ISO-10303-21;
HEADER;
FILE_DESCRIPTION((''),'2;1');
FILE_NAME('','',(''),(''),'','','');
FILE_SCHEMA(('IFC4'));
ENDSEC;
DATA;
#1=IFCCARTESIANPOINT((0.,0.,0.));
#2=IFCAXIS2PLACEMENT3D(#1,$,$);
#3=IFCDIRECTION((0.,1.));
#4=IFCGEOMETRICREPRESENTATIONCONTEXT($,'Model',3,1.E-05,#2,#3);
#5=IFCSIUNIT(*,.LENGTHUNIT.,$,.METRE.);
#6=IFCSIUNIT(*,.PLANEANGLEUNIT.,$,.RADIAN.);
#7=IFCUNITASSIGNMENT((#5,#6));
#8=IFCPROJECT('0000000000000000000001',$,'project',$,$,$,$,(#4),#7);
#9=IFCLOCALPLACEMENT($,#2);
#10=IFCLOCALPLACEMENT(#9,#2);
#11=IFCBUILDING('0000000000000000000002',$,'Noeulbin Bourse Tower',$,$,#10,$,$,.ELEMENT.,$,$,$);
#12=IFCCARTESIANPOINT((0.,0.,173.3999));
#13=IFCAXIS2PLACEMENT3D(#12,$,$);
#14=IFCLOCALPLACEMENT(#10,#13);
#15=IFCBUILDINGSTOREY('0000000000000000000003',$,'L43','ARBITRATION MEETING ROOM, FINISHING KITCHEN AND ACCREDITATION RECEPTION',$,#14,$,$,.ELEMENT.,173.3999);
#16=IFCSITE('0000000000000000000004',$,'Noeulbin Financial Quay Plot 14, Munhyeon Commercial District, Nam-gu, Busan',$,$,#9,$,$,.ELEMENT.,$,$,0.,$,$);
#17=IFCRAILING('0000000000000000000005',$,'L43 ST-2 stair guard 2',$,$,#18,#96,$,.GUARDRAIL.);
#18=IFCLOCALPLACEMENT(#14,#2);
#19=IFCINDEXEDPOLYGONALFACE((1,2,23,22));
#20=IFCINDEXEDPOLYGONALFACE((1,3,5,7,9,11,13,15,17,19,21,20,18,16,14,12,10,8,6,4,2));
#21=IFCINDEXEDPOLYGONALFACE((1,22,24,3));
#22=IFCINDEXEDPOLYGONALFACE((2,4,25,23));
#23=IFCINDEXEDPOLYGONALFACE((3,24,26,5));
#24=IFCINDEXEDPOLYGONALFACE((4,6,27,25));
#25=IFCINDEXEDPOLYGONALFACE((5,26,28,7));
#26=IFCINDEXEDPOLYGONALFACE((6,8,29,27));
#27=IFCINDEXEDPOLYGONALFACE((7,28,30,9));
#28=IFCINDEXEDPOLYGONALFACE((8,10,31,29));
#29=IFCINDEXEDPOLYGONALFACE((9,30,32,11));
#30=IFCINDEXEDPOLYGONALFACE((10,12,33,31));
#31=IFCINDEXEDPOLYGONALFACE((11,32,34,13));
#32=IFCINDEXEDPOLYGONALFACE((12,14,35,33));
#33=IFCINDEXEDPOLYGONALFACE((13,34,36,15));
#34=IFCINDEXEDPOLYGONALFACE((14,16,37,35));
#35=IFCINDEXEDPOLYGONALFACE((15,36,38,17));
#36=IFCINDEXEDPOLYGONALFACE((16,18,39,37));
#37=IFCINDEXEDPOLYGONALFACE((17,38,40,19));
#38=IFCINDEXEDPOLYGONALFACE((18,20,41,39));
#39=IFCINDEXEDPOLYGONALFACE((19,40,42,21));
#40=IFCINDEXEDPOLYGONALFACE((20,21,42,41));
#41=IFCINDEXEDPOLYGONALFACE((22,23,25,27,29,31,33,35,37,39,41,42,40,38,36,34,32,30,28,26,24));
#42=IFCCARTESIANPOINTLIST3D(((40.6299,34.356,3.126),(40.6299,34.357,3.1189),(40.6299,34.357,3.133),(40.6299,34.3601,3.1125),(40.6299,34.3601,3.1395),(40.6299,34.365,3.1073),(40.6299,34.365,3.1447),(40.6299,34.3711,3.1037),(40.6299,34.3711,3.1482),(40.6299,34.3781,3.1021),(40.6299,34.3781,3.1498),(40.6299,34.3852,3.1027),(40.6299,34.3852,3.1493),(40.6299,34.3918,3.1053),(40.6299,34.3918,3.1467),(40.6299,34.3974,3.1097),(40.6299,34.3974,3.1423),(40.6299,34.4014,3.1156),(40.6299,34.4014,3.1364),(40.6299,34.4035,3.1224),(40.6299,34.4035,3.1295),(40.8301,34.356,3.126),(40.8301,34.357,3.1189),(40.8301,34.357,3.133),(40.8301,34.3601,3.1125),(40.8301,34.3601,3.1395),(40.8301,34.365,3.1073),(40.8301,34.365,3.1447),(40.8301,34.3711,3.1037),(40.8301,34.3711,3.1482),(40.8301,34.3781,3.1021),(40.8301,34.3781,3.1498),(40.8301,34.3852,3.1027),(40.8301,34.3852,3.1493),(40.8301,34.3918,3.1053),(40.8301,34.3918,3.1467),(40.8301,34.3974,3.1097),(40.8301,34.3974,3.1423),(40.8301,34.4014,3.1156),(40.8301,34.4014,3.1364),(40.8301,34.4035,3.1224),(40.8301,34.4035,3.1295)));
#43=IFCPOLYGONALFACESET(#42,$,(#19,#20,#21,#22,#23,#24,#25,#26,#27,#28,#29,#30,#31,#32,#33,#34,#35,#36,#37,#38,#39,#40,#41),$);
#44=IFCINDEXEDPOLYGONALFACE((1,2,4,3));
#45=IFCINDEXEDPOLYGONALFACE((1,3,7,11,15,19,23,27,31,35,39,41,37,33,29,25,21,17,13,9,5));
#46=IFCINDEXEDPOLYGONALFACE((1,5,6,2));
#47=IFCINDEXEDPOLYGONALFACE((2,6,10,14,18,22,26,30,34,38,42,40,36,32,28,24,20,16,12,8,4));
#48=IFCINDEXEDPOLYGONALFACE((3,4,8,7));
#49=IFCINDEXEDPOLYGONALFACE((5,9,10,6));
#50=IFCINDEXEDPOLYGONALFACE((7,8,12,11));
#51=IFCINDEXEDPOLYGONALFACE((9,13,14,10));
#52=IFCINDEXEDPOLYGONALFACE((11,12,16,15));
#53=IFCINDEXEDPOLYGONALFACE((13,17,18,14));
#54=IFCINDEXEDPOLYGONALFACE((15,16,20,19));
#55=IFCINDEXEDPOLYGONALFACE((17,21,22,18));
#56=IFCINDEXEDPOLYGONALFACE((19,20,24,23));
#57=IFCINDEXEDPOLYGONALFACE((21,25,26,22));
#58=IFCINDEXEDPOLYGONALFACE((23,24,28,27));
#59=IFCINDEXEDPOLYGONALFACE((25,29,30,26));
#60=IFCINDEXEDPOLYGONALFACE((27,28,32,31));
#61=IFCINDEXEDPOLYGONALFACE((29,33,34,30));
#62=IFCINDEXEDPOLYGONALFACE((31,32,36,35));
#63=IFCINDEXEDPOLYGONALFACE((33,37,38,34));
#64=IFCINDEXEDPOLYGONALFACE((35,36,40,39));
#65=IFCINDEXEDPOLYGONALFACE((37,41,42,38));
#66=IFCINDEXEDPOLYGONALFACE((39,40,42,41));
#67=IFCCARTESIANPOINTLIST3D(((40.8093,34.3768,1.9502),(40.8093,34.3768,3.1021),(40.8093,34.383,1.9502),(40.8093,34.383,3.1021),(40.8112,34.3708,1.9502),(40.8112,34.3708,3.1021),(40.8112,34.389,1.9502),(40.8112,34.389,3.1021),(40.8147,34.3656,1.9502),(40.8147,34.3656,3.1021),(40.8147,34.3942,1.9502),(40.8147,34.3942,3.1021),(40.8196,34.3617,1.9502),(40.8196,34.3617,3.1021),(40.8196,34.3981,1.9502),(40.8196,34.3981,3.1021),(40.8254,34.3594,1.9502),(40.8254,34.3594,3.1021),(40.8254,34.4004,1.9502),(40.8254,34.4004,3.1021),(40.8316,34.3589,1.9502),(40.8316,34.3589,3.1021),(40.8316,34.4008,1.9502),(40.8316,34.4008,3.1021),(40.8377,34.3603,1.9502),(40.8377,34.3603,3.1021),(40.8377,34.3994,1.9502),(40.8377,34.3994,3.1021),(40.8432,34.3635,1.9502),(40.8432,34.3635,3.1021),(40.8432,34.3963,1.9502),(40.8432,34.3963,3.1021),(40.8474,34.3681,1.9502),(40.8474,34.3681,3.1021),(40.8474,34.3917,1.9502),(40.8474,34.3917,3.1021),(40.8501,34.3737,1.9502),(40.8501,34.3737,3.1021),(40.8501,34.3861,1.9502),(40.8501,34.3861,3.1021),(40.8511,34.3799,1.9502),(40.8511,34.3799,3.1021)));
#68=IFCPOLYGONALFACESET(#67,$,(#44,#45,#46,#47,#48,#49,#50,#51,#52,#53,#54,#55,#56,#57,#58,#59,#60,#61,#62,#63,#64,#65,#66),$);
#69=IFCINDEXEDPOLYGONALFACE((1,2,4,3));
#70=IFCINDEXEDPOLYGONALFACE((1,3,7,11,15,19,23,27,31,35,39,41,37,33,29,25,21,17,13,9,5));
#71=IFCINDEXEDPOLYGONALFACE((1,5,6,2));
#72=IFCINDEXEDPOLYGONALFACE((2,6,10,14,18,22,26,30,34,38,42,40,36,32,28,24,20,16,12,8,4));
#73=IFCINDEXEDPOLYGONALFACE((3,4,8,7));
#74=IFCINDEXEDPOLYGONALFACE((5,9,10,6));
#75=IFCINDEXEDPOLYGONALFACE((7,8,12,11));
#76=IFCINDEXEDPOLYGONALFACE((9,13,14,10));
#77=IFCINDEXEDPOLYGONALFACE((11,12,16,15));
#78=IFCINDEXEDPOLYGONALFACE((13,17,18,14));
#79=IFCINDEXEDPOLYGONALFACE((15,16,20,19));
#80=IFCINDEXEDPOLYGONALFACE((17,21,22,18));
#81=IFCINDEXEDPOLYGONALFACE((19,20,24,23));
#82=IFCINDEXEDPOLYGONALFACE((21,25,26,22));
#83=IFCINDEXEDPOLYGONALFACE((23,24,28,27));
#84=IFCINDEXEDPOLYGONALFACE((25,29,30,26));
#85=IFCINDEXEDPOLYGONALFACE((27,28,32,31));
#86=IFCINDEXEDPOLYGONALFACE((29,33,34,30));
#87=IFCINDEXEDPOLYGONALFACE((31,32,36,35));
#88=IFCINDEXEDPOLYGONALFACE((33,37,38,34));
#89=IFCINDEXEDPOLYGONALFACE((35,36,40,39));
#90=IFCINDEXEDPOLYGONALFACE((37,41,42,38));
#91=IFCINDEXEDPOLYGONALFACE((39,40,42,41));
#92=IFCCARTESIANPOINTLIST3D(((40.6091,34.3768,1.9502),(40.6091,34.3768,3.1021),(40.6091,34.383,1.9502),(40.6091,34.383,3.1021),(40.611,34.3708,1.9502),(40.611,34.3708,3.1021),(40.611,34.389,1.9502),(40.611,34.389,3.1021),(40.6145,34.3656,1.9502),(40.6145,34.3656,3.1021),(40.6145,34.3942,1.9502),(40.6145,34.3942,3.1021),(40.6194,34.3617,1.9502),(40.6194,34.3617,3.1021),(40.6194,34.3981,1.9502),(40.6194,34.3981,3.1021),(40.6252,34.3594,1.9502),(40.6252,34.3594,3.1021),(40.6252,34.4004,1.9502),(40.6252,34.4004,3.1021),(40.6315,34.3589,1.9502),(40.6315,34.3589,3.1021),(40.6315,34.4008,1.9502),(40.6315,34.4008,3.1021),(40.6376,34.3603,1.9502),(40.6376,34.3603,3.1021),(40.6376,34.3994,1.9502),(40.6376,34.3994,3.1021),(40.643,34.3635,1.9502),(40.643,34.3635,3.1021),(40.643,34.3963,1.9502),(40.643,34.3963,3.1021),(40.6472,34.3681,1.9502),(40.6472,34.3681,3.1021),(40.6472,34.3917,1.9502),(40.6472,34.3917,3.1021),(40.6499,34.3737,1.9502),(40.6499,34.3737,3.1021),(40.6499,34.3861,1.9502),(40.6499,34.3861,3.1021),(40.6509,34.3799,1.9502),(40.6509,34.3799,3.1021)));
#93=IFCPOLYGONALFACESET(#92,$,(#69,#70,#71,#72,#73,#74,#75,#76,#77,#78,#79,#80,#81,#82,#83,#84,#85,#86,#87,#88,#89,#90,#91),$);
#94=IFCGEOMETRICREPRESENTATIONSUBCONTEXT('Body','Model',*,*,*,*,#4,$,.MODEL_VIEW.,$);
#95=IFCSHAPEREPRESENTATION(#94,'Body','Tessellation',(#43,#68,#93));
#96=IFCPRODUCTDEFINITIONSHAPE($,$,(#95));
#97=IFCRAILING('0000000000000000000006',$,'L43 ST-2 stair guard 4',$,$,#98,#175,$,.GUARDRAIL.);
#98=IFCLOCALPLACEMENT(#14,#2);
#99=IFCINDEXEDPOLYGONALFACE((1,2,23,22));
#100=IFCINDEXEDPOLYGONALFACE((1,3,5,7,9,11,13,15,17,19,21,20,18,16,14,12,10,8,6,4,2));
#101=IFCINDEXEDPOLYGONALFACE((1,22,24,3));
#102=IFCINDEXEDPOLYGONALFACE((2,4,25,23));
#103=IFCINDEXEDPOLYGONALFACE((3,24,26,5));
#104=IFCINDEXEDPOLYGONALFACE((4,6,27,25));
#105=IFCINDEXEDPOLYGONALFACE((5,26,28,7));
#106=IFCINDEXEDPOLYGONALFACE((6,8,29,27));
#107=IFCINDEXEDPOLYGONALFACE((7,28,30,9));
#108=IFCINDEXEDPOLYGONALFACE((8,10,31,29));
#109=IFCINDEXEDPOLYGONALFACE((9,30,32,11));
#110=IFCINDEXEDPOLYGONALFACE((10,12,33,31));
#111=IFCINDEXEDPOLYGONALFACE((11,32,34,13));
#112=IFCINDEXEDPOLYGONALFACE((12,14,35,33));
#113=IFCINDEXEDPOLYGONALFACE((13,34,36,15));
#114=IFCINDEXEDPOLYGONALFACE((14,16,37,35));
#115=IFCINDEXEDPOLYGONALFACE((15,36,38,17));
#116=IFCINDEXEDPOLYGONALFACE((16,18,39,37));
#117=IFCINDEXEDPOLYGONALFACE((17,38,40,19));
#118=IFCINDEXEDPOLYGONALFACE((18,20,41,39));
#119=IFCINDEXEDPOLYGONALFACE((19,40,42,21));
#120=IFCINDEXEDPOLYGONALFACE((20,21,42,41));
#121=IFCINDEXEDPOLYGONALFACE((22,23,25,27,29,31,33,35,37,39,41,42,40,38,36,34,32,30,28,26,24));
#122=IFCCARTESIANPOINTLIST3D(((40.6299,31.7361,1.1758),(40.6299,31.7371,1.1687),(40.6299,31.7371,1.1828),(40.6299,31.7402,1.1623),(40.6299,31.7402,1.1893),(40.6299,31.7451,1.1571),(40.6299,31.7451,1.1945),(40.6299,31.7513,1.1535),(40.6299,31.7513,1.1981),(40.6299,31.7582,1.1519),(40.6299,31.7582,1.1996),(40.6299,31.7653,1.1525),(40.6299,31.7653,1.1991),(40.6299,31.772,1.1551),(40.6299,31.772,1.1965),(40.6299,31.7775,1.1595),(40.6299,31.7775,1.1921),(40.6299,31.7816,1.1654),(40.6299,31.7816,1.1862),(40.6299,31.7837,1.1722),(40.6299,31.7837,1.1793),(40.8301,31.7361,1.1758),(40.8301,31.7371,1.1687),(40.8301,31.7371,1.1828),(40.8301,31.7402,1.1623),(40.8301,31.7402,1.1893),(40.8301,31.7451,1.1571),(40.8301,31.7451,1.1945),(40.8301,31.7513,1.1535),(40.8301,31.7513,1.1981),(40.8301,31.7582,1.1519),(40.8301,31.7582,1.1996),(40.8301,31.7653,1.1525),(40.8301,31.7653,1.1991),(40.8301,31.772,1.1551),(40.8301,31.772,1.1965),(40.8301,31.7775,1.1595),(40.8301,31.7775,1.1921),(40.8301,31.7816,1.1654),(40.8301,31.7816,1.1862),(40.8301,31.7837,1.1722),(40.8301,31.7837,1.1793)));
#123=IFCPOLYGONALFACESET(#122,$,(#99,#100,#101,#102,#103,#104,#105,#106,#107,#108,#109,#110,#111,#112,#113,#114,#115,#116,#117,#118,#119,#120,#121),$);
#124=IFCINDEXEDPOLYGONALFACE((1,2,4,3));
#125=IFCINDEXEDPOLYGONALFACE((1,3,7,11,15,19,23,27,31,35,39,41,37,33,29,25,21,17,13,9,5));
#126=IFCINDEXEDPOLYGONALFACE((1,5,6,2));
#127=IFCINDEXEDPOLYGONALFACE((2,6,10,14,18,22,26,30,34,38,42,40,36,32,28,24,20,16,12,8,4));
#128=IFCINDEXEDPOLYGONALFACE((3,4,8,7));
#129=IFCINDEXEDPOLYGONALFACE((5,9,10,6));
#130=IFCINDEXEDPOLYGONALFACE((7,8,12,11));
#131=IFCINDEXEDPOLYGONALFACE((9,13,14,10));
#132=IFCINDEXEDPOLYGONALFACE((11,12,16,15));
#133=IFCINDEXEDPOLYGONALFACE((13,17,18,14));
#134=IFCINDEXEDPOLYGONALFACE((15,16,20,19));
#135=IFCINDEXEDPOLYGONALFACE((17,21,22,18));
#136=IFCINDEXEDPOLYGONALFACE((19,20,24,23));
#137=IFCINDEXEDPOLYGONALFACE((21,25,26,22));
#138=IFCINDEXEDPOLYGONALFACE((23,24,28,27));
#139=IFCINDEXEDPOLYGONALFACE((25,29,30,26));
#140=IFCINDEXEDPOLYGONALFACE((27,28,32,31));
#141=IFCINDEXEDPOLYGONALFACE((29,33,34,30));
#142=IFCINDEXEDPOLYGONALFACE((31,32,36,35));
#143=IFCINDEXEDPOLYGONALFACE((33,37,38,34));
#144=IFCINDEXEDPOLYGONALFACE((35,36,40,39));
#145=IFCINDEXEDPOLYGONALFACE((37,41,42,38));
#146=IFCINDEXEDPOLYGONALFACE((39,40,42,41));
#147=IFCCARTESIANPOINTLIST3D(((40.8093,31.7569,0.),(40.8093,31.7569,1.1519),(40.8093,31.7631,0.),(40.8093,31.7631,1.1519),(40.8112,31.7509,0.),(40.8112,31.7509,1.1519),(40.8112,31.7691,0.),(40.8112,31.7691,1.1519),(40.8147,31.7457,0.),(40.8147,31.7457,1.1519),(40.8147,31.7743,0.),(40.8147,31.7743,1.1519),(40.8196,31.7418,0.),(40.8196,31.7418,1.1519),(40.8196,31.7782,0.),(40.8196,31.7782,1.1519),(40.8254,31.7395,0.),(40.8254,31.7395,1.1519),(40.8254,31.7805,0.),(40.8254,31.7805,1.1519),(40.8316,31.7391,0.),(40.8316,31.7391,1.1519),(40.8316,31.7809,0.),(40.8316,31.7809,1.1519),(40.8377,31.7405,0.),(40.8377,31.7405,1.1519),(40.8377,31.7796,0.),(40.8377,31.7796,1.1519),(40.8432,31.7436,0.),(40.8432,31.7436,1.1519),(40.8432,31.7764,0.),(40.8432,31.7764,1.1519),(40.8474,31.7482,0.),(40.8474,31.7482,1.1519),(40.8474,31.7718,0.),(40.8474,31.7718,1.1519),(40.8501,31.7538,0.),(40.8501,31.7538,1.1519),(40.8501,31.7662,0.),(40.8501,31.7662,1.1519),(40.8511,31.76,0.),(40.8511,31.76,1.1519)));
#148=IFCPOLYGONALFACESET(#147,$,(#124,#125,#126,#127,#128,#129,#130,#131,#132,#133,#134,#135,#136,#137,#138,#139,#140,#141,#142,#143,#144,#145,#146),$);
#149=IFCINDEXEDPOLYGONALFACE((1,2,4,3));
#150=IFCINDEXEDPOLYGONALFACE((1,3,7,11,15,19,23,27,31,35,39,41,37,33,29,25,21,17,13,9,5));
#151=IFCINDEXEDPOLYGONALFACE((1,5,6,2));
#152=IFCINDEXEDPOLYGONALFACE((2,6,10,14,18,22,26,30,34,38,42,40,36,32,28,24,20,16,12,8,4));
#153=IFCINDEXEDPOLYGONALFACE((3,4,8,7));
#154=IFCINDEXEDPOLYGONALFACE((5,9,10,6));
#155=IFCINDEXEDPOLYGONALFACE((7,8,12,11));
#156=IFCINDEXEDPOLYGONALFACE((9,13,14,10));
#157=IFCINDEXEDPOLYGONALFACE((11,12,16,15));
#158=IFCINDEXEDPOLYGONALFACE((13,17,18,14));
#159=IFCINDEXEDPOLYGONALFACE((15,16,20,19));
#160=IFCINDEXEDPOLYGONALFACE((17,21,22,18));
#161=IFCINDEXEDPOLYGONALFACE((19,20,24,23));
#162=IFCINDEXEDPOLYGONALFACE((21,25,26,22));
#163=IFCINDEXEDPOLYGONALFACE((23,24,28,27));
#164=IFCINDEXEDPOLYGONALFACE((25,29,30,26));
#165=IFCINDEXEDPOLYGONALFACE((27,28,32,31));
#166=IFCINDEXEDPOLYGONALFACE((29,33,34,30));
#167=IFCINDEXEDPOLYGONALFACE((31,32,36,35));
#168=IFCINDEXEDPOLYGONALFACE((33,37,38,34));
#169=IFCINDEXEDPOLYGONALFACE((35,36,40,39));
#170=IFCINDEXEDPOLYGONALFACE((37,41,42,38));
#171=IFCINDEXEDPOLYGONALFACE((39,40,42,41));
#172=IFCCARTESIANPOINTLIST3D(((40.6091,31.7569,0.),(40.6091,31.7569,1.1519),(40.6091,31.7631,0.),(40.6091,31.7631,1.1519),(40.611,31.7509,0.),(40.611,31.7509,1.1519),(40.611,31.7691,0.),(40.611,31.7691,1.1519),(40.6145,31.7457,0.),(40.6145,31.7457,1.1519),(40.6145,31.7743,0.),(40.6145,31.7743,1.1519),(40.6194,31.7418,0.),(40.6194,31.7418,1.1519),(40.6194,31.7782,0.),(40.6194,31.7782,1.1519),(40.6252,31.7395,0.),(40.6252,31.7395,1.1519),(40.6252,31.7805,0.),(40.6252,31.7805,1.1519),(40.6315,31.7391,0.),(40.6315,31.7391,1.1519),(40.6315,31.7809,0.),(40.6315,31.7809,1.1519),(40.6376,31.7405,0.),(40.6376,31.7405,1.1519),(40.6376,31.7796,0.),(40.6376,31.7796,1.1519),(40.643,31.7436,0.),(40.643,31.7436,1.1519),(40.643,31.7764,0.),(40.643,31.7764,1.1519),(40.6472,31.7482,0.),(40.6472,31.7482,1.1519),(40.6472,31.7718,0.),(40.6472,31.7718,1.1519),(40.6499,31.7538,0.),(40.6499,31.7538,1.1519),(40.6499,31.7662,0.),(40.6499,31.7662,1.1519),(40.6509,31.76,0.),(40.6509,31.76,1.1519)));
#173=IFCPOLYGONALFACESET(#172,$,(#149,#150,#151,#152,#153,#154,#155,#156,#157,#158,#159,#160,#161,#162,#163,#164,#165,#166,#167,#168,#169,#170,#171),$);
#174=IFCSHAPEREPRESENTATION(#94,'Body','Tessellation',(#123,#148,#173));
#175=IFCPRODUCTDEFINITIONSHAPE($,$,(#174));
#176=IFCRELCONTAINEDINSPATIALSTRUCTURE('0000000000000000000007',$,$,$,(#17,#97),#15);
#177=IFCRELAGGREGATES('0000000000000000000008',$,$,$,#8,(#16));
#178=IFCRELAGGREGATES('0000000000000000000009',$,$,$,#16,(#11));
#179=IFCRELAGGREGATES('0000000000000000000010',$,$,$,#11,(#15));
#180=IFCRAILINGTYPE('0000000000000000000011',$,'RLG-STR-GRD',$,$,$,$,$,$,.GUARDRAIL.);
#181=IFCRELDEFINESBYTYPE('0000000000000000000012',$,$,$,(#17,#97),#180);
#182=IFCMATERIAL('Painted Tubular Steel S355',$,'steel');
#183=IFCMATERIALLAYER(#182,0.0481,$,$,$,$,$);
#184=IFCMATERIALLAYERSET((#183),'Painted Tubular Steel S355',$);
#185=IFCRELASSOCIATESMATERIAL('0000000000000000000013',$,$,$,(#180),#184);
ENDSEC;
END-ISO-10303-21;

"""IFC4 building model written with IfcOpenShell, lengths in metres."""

from ifc_helpers import new_model, si_unit, direction, frame, origin, origin_2d, place, context, subcontext, project, spatial, circle, extrude, material, layer, layer_set, type_object, element, save


model = new_model("IFC4")

# Units and contexts
model_context = context("Model", 3, precision=1e-05, world=origin(), true_north=direction((0.0, 1.0)))
body_context = subcontext(model_context, "Body", "Model", "MODEL_VIEW")
ifc_project = project(units=[si_unit("LENGTHUNIT", "METRE"), si_unit("PLANEANGLEUNIT", "RADIAN")], contexts=[model_context])

# Site, building, storey
site_placement = place(None, origin())
site = spatial("IfcSite", under=ifc_project, at=site_placement, Name="Noeulbin Financial Quay Plot 14, Munhyeon Commercial District, Nam-gu, Busan", CompositionType="ELEMENT", RefElevation=0.0)
building_placement = place(site_placement, origin())
building = spatial("IfcBuilding", under=site, at=building_placement, Name="Noeulbin Bourse Tower", CompositionType="ELEMENT")
storey_placement = place(building_placement, frame((0.0, 0.0, 173.3999)))
storey = spatial("IfcBuildingStorey", under=building, at=storey_placement, Name="L43", Description="ARBITRATION MEETING ROOM, FINISHING KITCHEN AND ACCREDITATION RECEPTION", CompositionType="ELEMENT", Elevation=173.3999)

# Railings
ifc_material_1 = material(Name="Painted Tubular Steel S355", Category="steel")
ifc_layer_1 = layer(ifc_material_1, 0.0481)
ifc_layer_set_1 = layer_set([ifc_layer_1], Name="Painted Tubular Steel S355")
railing_type_1 = type_object("IfcRailingType", Name="RLG-STR-GRD", PredefinedType="GUARDRAIL", material=ifc_layer_set_1)
for number, where, name in (
    (1, (40.8301, 34.3799, 1.9502), "L43 ST-2 stair guard 2"),
    (2, (40.8301, 31.76, 0.0), "L43 ST-2 stair guard 4"),
):
    element("IfcRailing", number, at=place(storey_placement, frame(where)), inside=storey, type_object=railing_type_1, Name=name, PredefinedType="GUARDRAIL", context=body_context, shape_type="SweptSolid", body=[
        extrude(circle(Radius=0.0239, at=origin_2d()), frame((0.0, 0.0, 1.1758), z_axis=(-1.0, 0.0, 0.0), x_axis=(0.0, -1.0, 0.0)), (0.0, 0.0, 1.0), 0.2002),
        extrude(circle(Radius=0.021, at=origin_2d()), origin(), (0.0, 0.0, 1.0), 1.1519),
        extrude(circle(Radius=0.021, at=origin_2d()), frame((-0.2002, 0.0, 0.0)), (0.0, 0.0, 1.0), 1.1519),
    ])

save(model, "model.ifc")
